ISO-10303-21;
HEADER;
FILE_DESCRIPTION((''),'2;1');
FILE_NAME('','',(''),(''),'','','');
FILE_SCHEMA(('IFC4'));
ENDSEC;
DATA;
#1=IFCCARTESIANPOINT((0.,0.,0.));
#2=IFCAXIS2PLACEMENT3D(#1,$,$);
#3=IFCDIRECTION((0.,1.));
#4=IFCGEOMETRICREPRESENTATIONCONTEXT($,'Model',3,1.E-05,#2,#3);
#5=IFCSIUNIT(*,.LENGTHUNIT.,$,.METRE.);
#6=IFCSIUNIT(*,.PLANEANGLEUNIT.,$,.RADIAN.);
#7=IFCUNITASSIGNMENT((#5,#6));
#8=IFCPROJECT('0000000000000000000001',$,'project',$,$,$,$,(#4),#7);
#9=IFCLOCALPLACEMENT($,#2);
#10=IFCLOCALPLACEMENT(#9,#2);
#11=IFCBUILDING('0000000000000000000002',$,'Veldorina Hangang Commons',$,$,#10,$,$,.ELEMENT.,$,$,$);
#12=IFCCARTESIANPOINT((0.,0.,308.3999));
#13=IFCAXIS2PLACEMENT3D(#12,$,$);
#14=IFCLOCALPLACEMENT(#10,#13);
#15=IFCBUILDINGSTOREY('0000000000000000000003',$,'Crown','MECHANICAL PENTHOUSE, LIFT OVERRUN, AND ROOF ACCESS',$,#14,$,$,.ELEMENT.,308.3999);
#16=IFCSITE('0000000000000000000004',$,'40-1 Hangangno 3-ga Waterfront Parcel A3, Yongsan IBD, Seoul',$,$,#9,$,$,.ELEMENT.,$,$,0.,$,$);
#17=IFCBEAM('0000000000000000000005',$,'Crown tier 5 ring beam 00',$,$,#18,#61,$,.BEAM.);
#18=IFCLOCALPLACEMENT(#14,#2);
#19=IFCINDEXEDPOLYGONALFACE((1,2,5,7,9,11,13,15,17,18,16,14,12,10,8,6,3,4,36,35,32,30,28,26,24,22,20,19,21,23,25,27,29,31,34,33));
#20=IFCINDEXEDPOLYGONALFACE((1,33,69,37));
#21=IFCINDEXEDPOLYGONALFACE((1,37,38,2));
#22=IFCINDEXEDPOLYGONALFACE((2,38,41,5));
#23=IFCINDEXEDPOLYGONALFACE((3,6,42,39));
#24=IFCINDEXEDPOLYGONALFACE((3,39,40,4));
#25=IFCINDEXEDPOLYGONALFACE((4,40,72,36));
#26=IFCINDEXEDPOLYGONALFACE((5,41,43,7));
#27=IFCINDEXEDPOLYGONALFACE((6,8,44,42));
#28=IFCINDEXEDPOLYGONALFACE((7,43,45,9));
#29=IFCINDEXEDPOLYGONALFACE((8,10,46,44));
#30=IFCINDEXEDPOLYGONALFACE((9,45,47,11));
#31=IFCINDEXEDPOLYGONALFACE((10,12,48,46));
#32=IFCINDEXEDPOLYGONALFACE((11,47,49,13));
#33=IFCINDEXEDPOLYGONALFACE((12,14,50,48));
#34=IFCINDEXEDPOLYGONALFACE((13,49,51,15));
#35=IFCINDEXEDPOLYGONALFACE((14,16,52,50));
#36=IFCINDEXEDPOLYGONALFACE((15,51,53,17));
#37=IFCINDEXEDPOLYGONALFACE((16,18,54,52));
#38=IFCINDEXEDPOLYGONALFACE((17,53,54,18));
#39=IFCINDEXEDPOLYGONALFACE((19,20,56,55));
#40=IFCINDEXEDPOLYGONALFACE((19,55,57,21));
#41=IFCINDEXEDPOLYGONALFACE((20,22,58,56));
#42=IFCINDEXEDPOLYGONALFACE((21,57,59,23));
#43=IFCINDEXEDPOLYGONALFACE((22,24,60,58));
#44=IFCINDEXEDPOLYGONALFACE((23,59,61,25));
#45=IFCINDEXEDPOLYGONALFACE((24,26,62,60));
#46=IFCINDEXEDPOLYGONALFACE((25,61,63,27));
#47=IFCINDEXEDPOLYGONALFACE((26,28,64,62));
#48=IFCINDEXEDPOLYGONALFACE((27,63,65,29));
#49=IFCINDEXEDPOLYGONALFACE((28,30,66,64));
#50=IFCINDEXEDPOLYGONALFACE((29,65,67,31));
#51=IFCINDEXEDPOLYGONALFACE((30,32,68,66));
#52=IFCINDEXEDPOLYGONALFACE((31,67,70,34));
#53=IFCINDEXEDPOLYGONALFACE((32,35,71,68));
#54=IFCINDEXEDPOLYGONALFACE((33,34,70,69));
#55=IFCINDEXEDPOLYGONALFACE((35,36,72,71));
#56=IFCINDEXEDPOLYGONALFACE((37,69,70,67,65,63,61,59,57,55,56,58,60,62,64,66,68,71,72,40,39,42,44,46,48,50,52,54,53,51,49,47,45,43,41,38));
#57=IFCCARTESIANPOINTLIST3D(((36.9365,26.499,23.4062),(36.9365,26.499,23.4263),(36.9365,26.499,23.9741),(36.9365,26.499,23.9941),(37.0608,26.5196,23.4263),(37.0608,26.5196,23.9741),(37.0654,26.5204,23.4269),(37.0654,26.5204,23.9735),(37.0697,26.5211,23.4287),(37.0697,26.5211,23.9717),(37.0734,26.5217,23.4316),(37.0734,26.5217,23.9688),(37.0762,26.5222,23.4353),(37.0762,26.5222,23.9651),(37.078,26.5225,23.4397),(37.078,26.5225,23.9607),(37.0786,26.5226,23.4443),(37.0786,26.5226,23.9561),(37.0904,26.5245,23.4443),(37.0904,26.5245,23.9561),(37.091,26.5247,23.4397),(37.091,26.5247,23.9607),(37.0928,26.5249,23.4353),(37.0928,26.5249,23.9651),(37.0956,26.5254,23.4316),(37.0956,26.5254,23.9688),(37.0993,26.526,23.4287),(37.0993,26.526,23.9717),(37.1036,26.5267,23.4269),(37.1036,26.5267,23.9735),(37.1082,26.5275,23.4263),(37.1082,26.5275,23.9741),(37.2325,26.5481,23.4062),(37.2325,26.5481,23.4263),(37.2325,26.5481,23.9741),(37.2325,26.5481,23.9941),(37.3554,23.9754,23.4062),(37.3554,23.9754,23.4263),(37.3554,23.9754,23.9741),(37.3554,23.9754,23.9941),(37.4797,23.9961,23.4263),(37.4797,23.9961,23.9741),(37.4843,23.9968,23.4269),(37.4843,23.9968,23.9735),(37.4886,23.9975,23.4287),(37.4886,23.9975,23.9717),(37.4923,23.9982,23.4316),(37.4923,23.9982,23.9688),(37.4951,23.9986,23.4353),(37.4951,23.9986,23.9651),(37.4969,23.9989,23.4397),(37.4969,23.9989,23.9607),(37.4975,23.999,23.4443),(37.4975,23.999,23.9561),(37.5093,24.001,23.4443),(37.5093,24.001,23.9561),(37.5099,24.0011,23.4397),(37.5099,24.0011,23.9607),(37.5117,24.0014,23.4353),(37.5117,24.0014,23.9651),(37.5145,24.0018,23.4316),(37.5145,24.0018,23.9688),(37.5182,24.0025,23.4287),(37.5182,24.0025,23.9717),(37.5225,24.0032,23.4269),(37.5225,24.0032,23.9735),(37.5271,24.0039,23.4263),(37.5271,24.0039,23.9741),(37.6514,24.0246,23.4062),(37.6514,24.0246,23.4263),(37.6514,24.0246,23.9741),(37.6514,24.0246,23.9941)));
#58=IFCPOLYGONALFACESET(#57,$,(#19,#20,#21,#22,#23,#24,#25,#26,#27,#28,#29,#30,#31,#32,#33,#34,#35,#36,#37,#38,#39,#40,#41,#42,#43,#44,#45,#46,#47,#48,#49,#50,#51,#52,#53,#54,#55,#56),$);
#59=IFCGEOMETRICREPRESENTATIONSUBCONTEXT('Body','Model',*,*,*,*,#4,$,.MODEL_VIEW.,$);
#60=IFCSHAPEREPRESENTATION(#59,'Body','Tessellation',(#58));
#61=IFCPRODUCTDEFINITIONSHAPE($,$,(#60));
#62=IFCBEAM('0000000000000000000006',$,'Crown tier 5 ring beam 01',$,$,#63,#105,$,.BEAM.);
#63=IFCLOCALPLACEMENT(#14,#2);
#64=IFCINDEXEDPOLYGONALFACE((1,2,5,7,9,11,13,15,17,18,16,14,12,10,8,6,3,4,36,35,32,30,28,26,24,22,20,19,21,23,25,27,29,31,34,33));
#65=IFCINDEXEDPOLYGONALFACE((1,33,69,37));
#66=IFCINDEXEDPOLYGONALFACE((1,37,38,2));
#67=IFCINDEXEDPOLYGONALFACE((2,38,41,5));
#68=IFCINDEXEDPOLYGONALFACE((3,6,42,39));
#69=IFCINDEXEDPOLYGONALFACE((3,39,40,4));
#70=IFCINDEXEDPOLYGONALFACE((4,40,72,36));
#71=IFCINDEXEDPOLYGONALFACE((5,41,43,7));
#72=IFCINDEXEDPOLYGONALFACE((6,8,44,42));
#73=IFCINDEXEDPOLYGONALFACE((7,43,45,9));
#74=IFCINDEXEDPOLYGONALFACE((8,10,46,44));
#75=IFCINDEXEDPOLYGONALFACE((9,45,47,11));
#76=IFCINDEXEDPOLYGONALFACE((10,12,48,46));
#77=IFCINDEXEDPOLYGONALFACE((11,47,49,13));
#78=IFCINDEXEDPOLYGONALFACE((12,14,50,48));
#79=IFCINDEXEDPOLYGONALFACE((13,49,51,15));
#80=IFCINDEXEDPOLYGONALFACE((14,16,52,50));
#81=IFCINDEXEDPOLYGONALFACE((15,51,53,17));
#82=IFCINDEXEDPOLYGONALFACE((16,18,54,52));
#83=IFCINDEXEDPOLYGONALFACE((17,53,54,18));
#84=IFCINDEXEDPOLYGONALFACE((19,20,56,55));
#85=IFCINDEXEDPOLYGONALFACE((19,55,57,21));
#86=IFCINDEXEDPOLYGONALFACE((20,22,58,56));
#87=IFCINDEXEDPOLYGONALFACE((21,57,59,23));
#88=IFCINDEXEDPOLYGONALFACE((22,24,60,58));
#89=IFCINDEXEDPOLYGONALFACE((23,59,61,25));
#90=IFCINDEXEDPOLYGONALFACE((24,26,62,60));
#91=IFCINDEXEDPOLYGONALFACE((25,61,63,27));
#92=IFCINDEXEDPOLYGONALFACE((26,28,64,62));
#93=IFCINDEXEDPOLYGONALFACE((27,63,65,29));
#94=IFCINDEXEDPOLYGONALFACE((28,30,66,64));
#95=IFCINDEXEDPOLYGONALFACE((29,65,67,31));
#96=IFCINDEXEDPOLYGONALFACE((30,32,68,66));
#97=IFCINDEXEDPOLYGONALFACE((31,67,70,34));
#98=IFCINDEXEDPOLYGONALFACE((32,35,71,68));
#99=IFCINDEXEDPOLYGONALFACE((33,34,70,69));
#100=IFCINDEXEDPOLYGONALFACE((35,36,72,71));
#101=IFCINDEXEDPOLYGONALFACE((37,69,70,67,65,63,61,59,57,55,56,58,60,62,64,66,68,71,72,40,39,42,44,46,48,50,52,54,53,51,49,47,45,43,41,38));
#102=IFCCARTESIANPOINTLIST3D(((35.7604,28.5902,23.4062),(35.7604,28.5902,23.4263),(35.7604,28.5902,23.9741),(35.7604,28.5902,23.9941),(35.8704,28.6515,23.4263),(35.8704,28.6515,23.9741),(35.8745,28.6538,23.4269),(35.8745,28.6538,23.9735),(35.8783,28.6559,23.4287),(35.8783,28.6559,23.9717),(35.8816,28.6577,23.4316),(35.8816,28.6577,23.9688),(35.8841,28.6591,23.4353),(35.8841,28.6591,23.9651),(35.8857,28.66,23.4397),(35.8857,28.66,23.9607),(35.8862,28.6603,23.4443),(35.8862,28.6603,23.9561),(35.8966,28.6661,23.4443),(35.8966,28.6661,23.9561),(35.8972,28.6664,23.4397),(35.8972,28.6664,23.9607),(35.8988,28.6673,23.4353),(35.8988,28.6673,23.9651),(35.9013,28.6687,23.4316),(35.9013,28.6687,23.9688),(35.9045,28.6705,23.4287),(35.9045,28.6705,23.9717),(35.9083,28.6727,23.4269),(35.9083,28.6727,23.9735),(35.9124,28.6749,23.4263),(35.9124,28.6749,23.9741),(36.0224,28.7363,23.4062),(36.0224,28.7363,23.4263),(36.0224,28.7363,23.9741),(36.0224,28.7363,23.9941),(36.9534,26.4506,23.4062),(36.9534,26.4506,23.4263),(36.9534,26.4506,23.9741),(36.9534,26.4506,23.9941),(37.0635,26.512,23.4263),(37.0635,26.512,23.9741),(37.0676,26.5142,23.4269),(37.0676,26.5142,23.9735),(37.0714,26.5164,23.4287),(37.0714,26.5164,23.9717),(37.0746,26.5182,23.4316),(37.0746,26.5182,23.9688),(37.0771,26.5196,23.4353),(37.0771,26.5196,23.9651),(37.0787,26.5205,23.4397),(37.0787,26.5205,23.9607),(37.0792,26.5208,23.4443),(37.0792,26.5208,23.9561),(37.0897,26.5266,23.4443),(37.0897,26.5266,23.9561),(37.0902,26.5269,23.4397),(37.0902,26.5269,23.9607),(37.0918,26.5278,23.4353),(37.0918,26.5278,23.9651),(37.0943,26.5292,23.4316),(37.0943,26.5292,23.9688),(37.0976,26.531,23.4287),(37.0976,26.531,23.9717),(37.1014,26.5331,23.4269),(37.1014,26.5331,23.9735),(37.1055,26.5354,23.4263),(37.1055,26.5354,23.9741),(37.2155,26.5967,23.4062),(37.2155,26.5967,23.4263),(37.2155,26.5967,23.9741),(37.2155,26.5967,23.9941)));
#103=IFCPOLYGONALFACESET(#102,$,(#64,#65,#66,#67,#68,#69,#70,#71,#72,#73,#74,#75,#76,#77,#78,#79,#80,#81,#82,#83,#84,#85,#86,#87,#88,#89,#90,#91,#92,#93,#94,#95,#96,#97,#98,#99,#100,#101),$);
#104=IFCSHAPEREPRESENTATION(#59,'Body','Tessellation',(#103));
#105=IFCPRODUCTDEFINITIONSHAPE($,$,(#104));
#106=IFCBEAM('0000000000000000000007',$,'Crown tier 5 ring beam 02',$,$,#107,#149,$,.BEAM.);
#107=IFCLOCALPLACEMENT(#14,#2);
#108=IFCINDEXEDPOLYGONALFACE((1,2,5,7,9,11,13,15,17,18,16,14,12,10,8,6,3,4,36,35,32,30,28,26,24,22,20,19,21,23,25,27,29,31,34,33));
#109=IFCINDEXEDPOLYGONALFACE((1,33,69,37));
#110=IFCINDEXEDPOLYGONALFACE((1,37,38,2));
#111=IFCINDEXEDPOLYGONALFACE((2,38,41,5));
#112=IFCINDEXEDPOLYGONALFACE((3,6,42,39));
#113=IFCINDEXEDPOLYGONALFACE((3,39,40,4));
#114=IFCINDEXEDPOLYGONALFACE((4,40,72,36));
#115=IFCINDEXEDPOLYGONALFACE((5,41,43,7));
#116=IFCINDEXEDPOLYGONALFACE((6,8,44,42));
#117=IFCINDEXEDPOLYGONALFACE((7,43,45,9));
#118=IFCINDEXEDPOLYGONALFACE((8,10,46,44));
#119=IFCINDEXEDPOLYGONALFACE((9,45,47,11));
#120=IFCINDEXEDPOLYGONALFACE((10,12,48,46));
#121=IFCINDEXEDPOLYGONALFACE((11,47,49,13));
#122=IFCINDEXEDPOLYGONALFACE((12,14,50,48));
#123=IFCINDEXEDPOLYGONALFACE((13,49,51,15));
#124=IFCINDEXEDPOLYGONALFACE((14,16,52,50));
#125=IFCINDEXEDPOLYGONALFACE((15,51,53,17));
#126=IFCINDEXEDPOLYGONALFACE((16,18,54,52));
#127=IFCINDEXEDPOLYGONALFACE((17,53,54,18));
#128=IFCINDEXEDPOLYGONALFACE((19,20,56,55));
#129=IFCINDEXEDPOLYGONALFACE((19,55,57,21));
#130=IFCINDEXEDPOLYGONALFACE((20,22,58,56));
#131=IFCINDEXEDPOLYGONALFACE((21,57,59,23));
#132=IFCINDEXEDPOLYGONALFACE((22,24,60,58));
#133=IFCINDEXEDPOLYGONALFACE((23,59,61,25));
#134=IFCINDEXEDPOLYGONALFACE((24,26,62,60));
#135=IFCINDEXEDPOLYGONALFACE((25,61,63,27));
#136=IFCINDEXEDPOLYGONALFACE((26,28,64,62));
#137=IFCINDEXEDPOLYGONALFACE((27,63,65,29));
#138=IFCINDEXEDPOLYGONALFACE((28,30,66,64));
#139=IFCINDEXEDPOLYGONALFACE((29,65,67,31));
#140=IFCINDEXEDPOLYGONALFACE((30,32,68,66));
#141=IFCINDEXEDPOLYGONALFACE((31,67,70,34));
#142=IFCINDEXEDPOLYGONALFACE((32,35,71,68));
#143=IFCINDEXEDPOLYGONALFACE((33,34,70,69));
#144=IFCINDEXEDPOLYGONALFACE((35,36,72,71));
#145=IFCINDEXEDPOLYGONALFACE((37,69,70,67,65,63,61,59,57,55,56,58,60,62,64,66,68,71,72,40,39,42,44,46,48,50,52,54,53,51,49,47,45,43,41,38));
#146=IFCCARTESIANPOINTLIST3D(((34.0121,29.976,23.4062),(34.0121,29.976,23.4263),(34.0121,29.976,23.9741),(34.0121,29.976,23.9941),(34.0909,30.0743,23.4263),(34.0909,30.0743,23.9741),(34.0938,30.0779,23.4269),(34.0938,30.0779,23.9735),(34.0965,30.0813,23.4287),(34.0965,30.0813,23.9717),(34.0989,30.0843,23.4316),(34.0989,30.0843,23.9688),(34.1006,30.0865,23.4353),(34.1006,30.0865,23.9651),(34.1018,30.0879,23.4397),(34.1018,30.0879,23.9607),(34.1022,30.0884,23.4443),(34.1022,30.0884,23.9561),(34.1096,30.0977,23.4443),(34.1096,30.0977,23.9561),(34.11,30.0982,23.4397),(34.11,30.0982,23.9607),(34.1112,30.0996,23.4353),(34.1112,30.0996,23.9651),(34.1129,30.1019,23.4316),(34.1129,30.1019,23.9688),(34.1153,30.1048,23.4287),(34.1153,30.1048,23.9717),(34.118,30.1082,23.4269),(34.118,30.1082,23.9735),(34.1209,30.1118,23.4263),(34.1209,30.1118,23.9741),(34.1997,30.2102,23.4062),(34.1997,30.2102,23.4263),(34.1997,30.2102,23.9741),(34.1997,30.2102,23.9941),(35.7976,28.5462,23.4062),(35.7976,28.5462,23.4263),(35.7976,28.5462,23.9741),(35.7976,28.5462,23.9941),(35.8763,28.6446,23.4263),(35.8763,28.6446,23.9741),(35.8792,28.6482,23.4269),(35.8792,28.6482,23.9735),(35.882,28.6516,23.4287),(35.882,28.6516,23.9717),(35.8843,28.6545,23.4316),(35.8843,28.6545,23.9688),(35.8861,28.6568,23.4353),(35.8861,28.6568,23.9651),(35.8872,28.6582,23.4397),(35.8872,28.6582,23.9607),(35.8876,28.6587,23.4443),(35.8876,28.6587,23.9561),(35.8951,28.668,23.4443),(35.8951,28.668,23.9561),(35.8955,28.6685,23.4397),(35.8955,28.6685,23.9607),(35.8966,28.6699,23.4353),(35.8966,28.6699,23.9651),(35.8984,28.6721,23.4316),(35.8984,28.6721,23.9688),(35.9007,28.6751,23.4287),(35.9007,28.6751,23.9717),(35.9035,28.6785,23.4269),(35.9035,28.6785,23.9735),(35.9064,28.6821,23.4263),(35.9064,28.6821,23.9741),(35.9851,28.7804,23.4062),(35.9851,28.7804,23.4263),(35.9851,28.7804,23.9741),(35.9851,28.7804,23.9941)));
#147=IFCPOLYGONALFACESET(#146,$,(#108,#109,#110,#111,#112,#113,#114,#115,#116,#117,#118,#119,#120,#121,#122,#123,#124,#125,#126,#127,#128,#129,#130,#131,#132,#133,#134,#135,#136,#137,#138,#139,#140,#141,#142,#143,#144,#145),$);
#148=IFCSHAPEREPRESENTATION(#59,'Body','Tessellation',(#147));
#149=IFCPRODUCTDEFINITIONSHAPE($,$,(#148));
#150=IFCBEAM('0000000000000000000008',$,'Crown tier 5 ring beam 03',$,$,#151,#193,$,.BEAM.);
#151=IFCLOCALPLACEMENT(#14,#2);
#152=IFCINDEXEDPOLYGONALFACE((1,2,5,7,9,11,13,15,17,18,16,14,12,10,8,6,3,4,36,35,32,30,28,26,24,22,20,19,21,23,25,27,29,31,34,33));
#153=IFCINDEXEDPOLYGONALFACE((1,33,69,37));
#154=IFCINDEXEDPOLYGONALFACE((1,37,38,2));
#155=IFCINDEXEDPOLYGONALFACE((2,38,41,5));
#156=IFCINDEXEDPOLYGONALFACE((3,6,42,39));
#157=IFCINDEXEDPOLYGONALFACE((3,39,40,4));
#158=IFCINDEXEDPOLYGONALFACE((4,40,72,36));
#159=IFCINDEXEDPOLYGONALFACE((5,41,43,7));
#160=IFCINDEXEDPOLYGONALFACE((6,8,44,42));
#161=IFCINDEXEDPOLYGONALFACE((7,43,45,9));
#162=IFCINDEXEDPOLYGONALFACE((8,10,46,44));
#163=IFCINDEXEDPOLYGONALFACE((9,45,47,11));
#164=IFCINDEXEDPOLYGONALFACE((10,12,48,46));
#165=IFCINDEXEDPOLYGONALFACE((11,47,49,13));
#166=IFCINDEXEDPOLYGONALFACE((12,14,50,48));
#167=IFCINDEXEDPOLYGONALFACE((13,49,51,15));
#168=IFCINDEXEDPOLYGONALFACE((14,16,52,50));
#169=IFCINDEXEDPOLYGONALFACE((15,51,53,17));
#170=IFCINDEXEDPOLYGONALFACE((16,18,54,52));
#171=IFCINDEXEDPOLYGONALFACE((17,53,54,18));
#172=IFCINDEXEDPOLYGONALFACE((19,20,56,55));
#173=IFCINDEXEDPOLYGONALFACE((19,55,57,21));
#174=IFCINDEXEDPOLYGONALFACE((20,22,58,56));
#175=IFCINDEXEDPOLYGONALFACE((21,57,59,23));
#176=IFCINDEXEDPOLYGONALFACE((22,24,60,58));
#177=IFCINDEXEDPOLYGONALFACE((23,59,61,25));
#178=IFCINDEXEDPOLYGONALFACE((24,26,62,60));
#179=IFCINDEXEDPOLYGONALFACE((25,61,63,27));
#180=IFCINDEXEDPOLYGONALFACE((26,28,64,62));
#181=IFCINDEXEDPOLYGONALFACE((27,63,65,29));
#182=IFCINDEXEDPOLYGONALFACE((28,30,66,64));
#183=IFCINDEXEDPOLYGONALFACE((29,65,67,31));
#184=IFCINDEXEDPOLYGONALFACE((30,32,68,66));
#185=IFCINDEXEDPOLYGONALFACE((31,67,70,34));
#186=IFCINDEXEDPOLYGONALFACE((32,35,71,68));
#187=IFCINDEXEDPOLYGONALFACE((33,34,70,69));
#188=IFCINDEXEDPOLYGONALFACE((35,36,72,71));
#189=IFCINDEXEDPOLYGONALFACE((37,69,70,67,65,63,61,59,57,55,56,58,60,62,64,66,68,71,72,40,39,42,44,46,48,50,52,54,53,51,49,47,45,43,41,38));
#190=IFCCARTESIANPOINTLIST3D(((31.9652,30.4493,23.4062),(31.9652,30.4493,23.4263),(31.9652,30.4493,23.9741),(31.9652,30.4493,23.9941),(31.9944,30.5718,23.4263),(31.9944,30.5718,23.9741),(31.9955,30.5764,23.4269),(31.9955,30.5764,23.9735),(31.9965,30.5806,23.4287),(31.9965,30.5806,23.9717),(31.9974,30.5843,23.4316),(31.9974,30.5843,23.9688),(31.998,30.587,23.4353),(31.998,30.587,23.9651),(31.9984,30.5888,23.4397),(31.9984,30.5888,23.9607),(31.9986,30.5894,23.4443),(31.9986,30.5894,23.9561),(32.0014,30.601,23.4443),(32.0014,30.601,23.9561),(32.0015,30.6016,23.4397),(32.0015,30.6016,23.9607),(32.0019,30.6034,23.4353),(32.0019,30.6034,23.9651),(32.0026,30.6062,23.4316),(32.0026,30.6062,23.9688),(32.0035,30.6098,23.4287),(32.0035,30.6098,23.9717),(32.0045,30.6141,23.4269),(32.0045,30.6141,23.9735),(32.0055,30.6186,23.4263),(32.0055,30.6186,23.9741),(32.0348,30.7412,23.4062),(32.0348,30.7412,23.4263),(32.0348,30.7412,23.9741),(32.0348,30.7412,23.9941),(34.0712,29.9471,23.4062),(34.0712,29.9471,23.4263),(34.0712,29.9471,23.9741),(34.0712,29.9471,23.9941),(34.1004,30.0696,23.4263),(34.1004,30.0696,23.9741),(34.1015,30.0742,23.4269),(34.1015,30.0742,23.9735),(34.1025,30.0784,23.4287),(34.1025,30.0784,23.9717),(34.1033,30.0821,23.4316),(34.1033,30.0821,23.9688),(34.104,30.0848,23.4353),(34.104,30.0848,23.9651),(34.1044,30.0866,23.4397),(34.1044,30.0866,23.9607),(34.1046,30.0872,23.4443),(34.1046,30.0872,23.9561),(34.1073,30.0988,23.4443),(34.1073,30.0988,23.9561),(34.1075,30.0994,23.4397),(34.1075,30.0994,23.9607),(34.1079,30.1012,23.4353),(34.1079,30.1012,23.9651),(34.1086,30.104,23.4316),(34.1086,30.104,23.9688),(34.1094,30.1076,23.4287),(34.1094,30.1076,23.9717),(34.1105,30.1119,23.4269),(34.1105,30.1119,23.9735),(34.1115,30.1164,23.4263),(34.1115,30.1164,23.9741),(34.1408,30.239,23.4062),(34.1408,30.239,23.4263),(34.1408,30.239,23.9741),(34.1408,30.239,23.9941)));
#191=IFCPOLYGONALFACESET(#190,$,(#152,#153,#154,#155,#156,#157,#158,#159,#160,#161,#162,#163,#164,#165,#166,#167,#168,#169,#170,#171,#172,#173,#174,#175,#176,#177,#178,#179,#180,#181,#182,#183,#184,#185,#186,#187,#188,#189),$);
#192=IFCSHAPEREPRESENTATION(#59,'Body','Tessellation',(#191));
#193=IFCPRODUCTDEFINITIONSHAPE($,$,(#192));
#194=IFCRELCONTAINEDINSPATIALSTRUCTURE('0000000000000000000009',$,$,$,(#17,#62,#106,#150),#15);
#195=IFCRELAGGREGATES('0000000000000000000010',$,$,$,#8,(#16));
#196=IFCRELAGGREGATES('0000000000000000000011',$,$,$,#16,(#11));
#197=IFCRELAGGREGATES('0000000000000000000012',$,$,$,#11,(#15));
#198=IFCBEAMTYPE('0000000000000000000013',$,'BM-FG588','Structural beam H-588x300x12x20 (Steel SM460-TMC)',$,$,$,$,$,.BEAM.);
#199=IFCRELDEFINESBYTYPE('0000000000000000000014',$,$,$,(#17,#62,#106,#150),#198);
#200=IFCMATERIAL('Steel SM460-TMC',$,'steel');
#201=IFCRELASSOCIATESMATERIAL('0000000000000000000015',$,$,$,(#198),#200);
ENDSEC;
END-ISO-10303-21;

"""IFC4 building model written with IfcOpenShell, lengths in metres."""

from ifc_helpers import new_model, si_unit, direction, frame, origin, origin_2d, place, context, subcontext, project, spatial, i_section, extrude, material, material_profile, profile_set, type_object, element, save


model = new_model("IFC4")

# Units and contexts
model_context = context("Model", 3, precision=1e-05, world=origin(), true_north=direction((0.0, 1.0)))
body_context = subcontext(model_context, "Body", "Model", "MODEL_VIEW")
ifc_project = project(units=[si_unit("LENGTHUNIT", "METRE"), si_unit("PLANEANGLEUNIT", "RADIAN")], contexts=[model_context])

# Site, building, storey
site_placement = place(None, origin())
site = spatial("IfcSite", under=ifc_project, at=site_placement, Name="40-1 Hangangno 3-ga Waterfront Parcel A3, Yongsan IBD, Seoul", CompositionType="ELEMENT", RefElevation=0.0)
building_placement = place(site_placement, origin())
building = spatial("IfcBuilding", under=site, at=building_placement, Name="Veldorina Hangang Commons", CompositionType="ELEMENT")
storey_placement = place(building_placement, frame((0.0, 0.0, 308.3999)))
storey = spatial("IfcBuildingStorey", under=building, at=storey_placement, Name="Crown", Description="MECHANICAL PENTHOUSE, LIFT OVERRUN, AND ROOF ACCESS", CompositionType="ELEMENT", Elevation=308.3999)

# Beams
ifc_material_1 = material(Name="Steel SM460-TMC", Category="steel")
ifc_material_profile_1 = material_profile(ifc_material_1, i_section(OverallWidth=0.3, OverallDepth=0.5879, WebThickness=0.012, FlangeThickness=0.02, FilletRadius=0.0181, at=origin_2d()), Name="H-588x300x12x20")
ifc_profile_set_1 = profile_set([ifc_material_profile_1], Name="Steel SM460-TMC")
beam_type = type_object("IfcBeamType", Name="BM-FG588", Description="Structural beam H-588x300x12x20 (Steel SM460-TMC)", PredefinedType="BEAM", material=ifc_profile_set_1)
beam_1_placement = place(storey_placement, frame((37.5034, 24.0, 23.7002), z_axis=(-0.163764, 0.986499, 0.0), x_axis=(-0.986499, -0.163764, 0.0)))
element("IfcBeam", 1, at=beam_1_placement, inside=storey, type_object=beam_type, Name="Crown tier 5 ring beam 00", PredefinedType="BEAM", context=body_context, shape_type="SweptSolid", body=[
    extrude(i_section(OverallWidth=0.3, OverallDepth=0.5879, WebThickness=0.012, FlangeThickness=0.02, FilletRadius=0.0181, at=origin_2d()), origin(), (0.0, 0.0, 1.0), 2.5581),
])
beam_2_placement = place(storey_placement, frame((37.0845, 26.5237, 23.7002), z_axis=(-0.487022, 0.87339, 0.0), x_axis=(-0.87339, -0.487022, 0.0)))
element("IfcBeam", 2, at=beam_2_placement, inside=storey, type_object=beam_type, Name="Crown tier 5 ring beam 01", PredefinedType="BEAM", context=body_context, shape_type="SweptSolid", body=[
    extrude(i_section(OverallWidth=0.3, OverallDepth=0.5879, WebThickness=0.012, FlangeThickness=0.02, FilletRadius=0.0181, at=origin_2d()), origin(), (0.0, 0.0, 1.0), 2.4497),
])
beam_3_placement = place(storey_placement, frame((35.8914, 28.6633, 23.7002), z_axis=(-0.780577, 0.625059, 0.0), x_axis=(-0.625059, -0.780577, 0.0)))
element("IfcBeam", 3, at=beam_3_placement, inside=storey, type_object=beam_type, Name="Crown tier 5 ring beam 02", PredefinedType="BEAM", context=body_context, shape_type="SweptSolid", body=[
    extrude(i_section(OverallWidth=0.3, OverallDepth=0.5879, WebThickness=0.012, FlangeThickness=0.02, FilletRadius=0.0181, at=origin_2d()), origin(), (0.0, 0.0, 1.0), 2.2874),
])
for number, where, z_axis, x_axis, name in (
    (4, (34.106, 30.093, 23.7002), (-0.972725, 0.231961, 0.0), (-0.231961, -0.972725, 0.0), "Crown tier 5 ring beam 03"),
):
    element("IfcBeam", number, at=place(storey_placement, frame(where, z_axis=z_axis, x_axis=x_axis)), inside=storey, type_object=beam_type, Name=name, PredefinedType="BEAM", context=body_context, shape_type="SweptSolid", body=[
        extrude(i_section(OverallWidth=0.3, OverallDepth=0.5879, WebThickness=0.012, FlangeThickness=0.02, FilletRadius=0.0181, at=origin_2d()), origin(), (0.0, 0.0, 1.0), 2.165),
    ])

save(model, "model.ifc")
